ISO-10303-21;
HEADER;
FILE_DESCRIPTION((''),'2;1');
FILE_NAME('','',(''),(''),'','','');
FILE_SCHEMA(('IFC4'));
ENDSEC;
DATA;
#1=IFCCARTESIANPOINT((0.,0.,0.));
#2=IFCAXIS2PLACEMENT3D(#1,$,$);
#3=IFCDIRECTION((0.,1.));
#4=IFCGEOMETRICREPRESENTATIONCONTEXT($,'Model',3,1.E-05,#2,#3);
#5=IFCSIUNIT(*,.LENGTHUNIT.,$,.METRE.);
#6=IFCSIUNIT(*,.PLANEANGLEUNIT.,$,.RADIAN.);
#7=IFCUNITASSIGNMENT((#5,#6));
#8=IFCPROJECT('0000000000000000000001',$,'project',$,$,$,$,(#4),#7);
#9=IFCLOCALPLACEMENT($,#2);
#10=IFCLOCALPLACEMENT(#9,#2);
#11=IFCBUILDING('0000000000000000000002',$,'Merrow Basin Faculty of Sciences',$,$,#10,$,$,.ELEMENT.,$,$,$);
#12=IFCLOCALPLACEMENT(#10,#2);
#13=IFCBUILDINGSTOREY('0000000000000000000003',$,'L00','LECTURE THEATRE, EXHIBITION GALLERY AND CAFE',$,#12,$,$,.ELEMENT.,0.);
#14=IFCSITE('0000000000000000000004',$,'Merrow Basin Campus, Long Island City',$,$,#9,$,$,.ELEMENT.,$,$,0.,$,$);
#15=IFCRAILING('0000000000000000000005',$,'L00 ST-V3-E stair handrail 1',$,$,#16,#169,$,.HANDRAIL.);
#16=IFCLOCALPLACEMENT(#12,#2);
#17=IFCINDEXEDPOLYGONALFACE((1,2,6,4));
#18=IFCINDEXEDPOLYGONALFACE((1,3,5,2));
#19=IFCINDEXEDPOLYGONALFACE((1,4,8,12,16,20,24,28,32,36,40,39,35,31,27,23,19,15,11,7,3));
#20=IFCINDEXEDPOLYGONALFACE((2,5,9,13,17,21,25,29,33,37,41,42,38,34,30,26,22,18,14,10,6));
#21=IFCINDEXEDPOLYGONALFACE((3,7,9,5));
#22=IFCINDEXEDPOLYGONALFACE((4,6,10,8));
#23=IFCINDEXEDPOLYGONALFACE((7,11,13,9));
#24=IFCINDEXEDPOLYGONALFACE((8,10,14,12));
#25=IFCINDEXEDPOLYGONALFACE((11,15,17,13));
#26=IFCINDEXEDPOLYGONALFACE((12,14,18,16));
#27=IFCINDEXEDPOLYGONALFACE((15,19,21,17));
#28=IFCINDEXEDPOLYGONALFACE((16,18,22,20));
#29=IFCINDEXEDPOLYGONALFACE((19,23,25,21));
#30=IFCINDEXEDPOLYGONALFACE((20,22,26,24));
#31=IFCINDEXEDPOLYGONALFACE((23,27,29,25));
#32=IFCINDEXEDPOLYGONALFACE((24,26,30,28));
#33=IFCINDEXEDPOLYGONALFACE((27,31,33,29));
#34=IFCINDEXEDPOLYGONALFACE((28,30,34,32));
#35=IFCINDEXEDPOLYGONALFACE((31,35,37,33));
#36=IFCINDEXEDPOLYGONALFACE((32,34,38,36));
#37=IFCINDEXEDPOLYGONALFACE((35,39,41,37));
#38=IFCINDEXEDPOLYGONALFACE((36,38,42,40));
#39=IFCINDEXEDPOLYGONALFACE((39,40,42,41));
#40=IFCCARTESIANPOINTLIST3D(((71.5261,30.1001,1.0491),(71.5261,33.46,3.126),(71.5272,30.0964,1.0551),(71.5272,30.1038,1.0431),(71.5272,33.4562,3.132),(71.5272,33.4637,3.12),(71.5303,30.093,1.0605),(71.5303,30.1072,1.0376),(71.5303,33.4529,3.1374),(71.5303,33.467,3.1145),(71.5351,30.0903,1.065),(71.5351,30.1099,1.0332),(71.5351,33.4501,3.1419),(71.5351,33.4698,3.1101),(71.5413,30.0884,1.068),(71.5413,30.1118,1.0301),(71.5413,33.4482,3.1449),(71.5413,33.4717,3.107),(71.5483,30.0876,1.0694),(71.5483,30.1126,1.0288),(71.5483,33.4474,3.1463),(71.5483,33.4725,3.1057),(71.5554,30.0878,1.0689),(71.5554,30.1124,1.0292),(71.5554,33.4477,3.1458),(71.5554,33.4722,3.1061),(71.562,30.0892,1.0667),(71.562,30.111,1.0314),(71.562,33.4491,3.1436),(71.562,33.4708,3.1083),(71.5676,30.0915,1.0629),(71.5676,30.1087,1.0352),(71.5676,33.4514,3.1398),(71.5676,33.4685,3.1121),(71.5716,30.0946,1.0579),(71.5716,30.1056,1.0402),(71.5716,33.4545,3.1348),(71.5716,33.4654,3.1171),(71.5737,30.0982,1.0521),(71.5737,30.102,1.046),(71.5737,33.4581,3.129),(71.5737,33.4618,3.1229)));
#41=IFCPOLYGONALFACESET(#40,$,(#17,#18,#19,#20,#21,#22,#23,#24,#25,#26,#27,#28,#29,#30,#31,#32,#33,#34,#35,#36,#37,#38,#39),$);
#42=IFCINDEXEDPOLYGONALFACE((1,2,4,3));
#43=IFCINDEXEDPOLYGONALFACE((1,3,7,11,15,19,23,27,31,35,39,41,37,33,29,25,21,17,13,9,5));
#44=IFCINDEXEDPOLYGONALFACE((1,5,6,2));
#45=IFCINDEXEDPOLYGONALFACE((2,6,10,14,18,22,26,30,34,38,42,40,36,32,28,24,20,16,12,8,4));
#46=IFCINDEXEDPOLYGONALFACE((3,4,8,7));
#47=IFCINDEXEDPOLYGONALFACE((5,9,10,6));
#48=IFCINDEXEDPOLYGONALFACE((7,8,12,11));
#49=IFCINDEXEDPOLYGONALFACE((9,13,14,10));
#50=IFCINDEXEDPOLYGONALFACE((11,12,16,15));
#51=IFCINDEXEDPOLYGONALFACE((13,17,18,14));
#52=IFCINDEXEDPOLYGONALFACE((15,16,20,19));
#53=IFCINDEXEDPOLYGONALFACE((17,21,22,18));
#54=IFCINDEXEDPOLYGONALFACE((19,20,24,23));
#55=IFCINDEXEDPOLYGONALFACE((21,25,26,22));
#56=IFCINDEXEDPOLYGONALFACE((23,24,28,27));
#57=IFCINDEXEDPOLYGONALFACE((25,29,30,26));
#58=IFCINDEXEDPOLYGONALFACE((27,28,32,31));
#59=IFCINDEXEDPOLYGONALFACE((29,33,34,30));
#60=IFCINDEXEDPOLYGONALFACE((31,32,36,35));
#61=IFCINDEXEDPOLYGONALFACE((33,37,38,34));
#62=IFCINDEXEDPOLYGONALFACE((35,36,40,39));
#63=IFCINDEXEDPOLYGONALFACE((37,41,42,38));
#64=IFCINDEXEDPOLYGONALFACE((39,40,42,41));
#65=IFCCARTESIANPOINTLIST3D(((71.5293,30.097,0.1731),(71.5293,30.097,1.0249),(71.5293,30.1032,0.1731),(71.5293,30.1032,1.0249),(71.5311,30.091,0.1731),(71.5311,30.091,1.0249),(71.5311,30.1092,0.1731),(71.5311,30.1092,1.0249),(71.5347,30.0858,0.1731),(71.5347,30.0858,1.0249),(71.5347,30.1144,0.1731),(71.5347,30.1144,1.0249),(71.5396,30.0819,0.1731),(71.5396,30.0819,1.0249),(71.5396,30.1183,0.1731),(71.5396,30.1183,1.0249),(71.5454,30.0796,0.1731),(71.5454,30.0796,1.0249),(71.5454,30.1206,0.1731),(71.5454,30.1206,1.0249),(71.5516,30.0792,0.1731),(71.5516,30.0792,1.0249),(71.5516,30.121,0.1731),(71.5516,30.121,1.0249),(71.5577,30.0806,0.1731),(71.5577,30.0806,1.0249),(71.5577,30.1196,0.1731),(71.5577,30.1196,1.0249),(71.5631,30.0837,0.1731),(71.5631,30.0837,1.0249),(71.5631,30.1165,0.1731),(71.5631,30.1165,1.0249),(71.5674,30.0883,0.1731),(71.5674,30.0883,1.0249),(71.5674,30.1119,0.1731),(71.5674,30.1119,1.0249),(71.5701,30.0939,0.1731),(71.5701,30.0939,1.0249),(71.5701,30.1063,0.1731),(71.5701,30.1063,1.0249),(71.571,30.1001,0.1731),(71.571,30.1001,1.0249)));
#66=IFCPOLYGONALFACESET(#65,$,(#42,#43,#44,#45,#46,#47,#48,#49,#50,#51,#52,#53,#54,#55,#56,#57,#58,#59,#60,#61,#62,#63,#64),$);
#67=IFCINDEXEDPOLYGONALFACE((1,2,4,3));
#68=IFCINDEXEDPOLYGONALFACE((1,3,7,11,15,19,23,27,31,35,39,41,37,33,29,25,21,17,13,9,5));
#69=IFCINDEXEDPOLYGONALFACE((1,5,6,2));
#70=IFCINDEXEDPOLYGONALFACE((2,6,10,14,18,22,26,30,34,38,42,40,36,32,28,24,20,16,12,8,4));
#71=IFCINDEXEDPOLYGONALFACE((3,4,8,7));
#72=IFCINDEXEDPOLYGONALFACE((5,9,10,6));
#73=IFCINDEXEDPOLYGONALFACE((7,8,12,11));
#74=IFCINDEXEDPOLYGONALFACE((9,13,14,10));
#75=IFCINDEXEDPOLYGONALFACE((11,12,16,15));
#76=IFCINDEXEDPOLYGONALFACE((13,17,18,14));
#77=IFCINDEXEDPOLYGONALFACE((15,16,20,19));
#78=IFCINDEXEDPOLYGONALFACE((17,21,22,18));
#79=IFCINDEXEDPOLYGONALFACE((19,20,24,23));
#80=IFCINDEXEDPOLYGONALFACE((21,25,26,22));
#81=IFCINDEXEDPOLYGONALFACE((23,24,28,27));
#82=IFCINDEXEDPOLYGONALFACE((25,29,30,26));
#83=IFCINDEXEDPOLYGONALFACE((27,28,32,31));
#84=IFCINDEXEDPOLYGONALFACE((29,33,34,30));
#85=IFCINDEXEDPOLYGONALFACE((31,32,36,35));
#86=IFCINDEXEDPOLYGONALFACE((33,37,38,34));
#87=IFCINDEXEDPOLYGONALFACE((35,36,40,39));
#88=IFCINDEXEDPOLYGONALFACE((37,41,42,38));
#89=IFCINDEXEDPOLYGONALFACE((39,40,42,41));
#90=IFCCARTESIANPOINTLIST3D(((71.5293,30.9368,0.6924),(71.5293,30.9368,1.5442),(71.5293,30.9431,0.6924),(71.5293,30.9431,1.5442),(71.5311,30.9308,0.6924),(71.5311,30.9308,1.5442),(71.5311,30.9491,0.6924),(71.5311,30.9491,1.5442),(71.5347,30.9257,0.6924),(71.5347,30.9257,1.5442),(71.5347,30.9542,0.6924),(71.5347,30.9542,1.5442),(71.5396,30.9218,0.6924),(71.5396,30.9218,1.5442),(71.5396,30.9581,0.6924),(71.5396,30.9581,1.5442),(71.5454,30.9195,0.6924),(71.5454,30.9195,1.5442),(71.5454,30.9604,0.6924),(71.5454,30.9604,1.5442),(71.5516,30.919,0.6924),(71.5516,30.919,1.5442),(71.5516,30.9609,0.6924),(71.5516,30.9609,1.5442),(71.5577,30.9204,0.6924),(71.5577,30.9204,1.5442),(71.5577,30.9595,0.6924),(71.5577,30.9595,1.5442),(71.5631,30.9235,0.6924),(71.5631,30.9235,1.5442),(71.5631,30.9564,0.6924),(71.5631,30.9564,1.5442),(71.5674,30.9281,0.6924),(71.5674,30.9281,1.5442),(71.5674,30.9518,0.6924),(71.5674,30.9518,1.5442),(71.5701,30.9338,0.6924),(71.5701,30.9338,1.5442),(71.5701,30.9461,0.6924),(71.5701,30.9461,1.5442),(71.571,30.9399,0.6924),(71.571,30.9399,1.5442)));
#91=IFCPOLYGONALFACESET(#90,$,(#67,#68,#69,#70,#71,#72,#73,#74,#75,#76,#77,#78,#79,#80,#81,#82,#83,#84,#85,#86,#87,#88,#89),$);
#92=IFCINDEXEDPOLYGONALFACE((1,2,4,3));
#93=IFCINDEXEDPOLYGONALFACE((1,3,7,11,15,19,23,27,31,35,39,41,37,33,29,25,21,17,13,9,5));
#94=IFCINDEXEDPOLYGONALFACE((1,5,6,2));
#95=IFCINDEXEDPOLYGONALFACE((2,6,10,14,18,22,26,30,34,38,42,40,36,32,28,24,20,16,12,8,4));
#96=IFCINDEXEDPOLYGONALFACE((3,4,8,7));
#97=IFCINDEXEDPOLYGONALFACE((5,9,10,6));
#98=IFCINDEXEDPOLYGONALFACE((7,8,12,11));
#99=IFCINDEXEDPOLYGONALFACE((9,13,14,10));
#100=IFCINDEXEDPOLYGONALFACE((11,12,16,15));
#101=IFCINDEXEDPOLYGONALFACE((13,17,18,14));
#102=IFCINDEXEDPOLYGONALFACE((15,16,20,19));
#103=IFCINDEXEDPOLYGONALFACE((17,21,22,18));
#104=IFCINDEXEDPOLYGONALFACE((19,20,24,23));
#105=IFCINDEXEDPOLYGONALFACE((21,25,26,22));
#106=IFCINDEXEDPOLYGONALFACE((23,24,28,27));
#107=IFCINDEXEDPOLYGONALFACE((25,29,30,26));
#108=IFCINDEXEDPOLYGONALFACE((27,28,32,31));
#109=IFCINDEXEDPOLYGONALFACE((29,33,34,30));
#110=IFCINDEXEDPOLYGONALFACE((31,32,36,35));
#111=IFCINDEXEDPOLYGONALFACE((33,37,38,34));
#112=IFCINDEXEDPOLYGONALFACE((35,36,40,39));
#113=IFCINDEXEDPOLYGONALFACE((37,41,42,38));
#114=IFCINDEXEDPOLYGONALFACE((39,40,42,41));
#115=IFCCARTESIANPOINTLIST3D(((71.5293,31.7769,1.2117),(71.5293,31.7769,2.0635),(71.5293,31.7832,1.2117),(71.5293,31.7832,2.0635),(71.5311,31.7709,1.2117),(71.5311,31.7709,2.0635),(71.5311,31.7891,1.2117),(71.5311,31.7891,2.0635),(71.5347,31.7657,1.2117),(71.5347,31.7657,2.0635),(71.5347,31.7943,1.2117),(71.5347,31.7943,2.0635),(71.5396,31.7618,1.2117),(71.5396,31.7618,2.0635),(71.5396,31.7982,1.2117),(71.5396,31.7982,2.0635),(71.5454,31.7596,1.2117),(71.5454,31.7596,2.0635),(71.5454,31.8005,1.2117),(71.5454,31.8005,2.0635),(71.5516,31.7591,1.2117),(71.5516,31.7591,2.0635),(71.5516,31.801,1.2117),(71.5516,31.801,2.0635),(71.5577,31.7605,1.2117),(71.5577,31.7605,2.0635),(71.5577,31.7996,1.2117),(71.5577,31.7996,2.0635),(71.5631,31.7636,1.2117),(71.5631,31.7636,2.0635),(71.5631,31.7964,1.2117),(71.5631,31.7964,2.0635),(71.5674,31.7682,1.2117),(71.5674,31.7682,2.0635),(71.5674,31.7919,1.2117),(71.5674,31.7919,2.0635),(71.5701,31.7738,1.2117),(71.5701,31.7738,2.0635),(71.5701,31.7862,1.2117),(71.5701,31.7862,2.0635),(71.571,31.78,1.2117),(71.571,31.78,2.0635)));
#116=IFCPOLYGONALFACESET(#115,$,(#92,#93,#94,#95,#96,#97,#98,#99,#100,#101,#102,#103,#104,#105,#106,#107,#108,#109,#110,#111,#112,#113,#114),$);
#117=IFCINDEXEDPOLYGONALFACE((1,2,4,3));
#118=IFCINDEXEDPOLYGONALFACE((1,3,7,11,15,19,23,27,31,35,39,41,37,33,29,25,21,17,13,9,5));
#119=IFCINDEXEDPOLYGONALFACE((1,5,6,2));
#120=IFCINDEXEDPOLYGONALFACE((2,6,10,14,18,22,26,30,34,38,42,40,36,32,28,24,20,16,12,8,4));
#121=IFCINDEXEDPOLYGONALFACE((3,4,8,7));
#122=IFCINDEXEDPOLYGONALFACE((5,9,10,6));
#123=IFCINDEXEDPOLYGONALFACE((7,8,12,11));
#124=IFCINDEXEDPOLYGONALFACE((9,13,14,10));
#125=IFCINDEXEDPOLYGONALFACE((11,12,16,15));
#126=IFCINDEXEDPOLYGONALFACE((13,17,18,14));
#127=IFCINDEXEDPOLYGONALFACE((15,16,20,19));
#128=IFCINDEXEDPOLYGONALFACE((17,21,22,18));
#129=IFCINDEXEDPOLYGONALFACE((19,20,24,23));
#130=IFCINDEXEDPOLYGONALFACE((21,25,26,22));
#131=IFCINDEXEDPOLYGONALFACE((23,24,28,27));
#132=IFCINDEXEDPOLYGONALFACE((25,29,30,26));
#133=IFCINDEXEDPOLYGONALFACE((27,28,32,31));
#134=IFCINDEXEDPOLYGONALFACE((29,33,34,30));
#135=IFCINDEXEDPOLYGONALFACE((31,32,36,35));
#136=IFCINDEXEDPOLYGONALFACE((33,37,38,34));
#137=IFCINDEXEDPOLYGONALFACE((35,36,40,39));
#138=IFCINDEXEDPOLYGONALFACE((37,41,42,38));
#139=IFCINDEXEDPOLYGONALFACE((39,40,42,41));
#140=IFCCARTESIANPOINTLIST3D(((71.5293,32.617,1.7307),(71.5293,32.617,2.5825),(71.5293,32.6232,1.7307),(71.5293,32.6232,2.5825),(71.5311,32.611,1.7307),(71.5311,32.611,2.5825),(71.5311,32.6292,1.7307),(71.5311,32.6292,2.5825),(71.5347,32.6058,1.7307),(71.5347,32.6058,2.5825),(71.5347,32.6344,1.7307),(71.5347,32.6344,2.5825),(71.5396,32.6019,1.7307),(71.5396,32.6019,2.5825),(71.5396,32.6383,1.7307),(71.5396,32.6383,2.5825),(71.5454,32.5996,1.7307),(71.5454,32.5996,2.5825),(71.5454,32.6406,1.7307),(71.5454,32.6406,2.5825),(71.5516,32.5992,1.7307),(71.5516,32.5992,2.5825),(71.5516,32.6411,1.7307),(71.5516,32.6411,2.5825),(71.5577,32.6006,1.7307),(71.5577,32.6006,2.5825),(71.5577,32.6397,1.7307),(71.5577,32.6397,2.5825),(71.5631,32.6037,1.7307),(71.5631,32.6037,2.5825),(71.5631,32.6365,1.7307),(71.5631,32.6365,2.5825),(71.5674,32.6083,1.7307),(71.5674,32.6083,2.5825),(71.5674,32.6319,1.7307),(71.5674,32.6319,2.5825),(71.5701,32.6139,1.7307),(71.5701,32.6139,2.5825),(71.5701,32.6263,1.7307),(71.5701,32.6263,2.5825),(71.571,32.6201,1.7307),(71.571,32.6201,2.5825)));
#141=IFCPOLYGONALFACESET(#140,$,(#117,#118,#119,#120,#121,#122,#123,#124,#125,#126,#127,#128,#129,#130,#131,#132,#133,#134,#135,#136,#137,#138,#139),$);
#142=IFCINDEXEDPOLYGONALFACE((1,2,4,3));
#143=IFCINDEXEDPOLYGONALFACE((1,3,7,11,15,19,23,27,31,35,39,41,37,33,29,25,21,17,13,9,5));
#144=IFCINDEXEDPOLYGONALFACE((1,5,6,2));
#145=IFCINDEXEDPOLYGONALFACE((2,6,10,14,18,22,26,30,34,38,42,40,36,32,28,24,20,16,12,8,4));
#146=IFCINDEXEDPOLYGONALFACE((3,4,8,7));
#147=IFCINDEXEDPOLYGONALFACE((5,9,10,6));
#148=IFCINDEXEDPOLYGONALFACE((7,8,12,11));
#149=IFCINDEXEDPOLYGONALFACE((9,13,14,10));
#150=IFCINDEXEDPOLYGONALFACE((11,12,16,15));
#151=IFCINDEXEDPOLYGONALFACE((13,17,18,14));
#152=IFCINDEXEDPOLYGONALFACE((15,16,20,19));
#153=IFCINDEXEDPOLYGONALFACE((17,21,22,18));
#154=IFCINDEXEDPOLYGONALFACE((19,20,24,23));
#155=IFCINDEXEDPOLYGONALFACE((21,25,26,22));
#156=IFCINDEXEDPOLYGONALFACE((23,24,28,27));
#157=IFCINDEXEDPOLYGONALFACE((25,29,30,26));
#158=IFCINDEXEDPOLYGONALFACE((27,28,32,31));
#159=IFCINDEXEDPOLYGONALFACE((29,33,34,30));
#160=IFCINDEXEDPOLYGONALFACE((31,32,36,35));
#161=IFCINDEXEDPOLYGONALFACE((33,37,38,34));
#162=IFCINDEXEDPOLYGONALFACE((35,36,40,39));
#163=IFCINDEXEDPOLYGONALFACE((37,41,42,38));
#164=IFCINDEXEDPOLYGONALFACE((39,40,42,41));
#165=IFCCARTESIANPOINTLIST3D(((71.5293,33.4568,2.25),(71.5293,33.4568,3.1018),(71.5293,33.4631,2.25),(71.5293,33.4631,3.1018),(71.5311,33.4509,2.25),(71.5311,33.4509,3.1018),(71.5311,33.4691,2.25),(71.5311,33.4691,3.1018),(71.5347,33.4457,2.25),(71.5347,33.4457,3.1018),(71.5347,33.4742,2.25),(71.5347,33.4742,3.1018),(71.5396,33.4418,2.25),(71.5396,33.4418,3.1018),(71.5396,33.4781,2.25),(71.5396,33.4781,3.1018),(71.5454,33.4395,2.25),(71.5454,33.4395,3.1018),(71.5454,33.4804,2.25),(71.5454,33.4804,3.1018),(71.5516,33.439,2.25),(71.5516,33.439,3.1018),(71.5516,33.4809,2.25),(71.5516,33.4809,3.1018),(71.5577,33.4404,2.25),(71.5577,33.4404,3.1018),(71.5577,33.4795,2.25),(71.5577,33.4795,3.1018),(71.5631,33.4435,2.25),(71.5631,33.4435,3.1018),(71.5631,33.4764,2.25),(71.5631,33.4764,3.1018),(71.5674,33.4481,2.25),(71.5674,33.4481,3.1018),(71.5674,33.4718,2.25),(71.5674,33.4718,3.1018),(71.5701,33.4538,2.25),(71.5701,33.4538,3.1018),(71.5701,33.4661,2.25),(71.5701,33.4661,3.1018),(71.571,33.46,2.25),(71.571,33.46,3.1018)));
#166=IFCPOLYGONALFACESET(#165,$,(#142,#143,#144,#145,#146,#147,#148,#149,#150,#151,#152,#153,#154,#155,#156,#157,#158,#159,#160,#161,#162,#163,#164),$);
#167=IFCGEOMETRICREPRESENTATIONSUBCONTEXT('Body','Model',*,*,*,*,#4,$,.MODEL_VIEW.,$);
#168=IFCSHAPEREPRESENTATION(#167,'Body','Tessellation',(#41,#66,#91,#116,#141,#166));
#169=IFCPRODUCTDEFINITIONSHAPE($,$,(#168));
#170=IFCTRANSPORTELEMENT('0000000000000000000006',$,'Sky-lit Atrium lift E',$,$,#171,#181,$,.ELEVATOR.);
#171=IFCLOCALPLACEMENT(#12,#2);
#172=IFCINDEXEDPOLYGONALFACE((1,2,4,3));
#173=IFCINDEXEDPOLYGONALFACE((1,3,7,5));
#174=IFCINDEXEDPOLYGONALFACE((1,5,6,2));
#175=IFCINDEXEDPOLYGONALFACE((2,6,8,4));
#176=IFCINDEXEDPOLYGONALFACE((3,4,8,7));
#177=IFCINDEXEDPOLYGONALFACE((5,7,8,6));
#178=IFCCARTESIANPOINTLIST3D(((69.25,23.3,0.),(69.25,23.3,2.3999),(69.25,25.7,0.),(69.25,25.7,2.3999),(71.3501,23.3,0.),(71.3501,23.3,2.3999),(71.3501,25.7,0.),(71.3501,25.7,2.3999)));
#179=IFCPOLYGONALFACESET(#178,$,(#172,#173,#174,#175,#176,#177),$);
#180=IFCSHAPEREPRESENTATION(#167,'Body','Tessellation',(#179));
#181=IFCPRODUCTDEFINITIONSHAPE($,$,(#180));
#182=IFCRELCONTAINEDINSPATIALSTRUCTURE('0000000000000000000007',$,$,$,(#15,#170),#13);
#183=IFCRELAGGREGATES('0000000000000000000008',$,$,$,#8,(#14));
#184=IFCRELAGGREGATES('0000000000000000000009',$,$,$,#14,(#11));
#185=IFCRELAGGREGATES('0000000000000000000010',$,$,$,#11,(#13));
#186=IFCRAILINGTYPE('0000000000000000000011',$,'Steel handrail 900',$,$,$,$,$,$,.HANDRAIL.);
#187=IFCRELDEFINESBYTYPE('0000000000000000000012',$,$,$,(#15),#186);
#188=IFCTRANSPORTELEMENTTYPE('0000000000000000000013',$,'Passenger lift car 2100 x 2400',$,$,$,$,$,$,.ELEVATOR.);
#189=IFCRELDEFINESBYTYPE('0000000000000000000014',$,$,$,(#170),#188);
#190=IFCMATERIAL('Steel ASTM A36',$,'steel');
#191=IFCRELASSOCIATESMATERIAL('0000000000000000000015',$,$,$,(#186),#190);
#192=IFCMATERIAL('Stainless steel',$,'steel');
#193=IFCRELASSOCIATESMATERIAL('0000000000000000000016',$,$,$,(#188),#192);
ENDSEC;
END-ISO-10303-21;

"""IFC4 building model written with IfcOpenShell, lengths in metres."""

from ifc_helpers import new_model, si_unit, direction, frame, origin, origin_2d, place, context, subcontext, project, spatial, rectangle, circle, extrude, material, type_object, element, save


model = new_model("IFC4")

# Units and contexts
model_context = context("Model", 3, precision=1e-05, world=origin(), true_north=direction((0.0, 1.0)))
body_context = subcontext(model_context, "Body", "Model", "MODEL_VIEW")
ifc_project = project(units=[si_unit("LENGTHUNIT", "METRE"), si_unit("PLANEANGLEUNIT", "RADIAN")], contexts=[model_context])

# Site, building, storey
site_placement = place(None, origin())
site = spatial("IfcSite", under=ifc_project, at=site_placement, Name="Merrow Basin Campus, Long Island City", CompositionType="ELEMENT", RefElevation=0.0)
building_placement = place(site_placement, origin())
building = spatial("IfcBuilding", under=site, at=building_placement, Name="Merrow Basin Faculty of Sciences", CompositionType="ELEMENT")
storey_placement = place(building_placement, origin())
storey = spatial("IfcBuildingStorey", under=building, at=storey_placement, Name="L00", Description="LECTURE THEATRE, EXHIBITION GALLERY AND CAFE", CompositionType="ELEMENT", Elevation=0.0)

# Railing
ifc_material_1 = material(Name="Steel ASTM A36", Category="steel")
railing_type_1 = type_object("IfcRailingType", Name="Steel handrail 900", PredefinedType="HANDRAIL", material=ifc_material_1)
railing_1_placement = place(storey_placement, frame((71.55, 30.1001, 0.1731)))
element("IfcRailing", 1, at=railing_1_placement, inside=storey, type_object=railing_type_1, Name="L00 ST-V3-E stair handrail 1", PredefinedType="HANDRAIL", context=body_context, shape_type="SweptSolid", body=[
    extrude(circle(Radius=0.0239, at=origin_2d()), frame((0.0, 0.0, 0.876), z_axis=(0.0, 0.850606, 0.525803), x_axis=(-1.0, 0.0, 0.0)), (0.0, 0.0, 1.0), 3.95),
    extrude(circle(Radius=0.021, at=origin_2d()), origin(), (0.0, 0.0, 1.0), 0.8518),
    extrude(circle(Radius=0.021, at=origin_2d()), frame((0.0, 0.8398, 0.5193)), (0.0, 0.0, 1.0), 0.8518),
    extrude(circle(Radius=0.021, at=origin_2d()), frame((0.0, 1.6799, 1.0386)), (0.0, 0.0, 1.0), 0.8518),
    extrude(circle(Radius=0.021, at=origin_2d()), frame((0.0, 2.52, 1.5576)), (0.0, 0.0, 1.0), 0.8518),
    extrude(circle(Radius=0.021, at=origin_2d()), frame((0.0, 3.3599, 2.0769)), (0.0, 0.0, 1.0), 0.8518),
])

# Transport element
ifc_material_2 = material(Name="Stainless steel", Category="steel")
transport_element_type = type_object("IfcTransportElementType", Name="Passenger lift car 2100 x 2400", PredefinedType="ELEVATOR", material=ifc_material_2)
transport_element_placement = place(storey_placement, frame((70.3, 24.5, 0.0), z_axis=(0.0, 0.0, 1.0), x_axis=(1.0, 0.0, 0.0)))
element("IfcTransportElement", 2, at=transport_element_placement, inside=storey, type_object=transport_element_type, Name="Sky-lit Atrium lift E", PredefinedType="ELEVATOR", context=body_context, shape_type="SweptSolid", body=[
    extrude(rectangle(XDim=2.1001, YDim=2.3999, at=origin_2d()), origin(), (0.0, 0.0, 1.0), 2.3999),
])

save(model, "model.ifc")
